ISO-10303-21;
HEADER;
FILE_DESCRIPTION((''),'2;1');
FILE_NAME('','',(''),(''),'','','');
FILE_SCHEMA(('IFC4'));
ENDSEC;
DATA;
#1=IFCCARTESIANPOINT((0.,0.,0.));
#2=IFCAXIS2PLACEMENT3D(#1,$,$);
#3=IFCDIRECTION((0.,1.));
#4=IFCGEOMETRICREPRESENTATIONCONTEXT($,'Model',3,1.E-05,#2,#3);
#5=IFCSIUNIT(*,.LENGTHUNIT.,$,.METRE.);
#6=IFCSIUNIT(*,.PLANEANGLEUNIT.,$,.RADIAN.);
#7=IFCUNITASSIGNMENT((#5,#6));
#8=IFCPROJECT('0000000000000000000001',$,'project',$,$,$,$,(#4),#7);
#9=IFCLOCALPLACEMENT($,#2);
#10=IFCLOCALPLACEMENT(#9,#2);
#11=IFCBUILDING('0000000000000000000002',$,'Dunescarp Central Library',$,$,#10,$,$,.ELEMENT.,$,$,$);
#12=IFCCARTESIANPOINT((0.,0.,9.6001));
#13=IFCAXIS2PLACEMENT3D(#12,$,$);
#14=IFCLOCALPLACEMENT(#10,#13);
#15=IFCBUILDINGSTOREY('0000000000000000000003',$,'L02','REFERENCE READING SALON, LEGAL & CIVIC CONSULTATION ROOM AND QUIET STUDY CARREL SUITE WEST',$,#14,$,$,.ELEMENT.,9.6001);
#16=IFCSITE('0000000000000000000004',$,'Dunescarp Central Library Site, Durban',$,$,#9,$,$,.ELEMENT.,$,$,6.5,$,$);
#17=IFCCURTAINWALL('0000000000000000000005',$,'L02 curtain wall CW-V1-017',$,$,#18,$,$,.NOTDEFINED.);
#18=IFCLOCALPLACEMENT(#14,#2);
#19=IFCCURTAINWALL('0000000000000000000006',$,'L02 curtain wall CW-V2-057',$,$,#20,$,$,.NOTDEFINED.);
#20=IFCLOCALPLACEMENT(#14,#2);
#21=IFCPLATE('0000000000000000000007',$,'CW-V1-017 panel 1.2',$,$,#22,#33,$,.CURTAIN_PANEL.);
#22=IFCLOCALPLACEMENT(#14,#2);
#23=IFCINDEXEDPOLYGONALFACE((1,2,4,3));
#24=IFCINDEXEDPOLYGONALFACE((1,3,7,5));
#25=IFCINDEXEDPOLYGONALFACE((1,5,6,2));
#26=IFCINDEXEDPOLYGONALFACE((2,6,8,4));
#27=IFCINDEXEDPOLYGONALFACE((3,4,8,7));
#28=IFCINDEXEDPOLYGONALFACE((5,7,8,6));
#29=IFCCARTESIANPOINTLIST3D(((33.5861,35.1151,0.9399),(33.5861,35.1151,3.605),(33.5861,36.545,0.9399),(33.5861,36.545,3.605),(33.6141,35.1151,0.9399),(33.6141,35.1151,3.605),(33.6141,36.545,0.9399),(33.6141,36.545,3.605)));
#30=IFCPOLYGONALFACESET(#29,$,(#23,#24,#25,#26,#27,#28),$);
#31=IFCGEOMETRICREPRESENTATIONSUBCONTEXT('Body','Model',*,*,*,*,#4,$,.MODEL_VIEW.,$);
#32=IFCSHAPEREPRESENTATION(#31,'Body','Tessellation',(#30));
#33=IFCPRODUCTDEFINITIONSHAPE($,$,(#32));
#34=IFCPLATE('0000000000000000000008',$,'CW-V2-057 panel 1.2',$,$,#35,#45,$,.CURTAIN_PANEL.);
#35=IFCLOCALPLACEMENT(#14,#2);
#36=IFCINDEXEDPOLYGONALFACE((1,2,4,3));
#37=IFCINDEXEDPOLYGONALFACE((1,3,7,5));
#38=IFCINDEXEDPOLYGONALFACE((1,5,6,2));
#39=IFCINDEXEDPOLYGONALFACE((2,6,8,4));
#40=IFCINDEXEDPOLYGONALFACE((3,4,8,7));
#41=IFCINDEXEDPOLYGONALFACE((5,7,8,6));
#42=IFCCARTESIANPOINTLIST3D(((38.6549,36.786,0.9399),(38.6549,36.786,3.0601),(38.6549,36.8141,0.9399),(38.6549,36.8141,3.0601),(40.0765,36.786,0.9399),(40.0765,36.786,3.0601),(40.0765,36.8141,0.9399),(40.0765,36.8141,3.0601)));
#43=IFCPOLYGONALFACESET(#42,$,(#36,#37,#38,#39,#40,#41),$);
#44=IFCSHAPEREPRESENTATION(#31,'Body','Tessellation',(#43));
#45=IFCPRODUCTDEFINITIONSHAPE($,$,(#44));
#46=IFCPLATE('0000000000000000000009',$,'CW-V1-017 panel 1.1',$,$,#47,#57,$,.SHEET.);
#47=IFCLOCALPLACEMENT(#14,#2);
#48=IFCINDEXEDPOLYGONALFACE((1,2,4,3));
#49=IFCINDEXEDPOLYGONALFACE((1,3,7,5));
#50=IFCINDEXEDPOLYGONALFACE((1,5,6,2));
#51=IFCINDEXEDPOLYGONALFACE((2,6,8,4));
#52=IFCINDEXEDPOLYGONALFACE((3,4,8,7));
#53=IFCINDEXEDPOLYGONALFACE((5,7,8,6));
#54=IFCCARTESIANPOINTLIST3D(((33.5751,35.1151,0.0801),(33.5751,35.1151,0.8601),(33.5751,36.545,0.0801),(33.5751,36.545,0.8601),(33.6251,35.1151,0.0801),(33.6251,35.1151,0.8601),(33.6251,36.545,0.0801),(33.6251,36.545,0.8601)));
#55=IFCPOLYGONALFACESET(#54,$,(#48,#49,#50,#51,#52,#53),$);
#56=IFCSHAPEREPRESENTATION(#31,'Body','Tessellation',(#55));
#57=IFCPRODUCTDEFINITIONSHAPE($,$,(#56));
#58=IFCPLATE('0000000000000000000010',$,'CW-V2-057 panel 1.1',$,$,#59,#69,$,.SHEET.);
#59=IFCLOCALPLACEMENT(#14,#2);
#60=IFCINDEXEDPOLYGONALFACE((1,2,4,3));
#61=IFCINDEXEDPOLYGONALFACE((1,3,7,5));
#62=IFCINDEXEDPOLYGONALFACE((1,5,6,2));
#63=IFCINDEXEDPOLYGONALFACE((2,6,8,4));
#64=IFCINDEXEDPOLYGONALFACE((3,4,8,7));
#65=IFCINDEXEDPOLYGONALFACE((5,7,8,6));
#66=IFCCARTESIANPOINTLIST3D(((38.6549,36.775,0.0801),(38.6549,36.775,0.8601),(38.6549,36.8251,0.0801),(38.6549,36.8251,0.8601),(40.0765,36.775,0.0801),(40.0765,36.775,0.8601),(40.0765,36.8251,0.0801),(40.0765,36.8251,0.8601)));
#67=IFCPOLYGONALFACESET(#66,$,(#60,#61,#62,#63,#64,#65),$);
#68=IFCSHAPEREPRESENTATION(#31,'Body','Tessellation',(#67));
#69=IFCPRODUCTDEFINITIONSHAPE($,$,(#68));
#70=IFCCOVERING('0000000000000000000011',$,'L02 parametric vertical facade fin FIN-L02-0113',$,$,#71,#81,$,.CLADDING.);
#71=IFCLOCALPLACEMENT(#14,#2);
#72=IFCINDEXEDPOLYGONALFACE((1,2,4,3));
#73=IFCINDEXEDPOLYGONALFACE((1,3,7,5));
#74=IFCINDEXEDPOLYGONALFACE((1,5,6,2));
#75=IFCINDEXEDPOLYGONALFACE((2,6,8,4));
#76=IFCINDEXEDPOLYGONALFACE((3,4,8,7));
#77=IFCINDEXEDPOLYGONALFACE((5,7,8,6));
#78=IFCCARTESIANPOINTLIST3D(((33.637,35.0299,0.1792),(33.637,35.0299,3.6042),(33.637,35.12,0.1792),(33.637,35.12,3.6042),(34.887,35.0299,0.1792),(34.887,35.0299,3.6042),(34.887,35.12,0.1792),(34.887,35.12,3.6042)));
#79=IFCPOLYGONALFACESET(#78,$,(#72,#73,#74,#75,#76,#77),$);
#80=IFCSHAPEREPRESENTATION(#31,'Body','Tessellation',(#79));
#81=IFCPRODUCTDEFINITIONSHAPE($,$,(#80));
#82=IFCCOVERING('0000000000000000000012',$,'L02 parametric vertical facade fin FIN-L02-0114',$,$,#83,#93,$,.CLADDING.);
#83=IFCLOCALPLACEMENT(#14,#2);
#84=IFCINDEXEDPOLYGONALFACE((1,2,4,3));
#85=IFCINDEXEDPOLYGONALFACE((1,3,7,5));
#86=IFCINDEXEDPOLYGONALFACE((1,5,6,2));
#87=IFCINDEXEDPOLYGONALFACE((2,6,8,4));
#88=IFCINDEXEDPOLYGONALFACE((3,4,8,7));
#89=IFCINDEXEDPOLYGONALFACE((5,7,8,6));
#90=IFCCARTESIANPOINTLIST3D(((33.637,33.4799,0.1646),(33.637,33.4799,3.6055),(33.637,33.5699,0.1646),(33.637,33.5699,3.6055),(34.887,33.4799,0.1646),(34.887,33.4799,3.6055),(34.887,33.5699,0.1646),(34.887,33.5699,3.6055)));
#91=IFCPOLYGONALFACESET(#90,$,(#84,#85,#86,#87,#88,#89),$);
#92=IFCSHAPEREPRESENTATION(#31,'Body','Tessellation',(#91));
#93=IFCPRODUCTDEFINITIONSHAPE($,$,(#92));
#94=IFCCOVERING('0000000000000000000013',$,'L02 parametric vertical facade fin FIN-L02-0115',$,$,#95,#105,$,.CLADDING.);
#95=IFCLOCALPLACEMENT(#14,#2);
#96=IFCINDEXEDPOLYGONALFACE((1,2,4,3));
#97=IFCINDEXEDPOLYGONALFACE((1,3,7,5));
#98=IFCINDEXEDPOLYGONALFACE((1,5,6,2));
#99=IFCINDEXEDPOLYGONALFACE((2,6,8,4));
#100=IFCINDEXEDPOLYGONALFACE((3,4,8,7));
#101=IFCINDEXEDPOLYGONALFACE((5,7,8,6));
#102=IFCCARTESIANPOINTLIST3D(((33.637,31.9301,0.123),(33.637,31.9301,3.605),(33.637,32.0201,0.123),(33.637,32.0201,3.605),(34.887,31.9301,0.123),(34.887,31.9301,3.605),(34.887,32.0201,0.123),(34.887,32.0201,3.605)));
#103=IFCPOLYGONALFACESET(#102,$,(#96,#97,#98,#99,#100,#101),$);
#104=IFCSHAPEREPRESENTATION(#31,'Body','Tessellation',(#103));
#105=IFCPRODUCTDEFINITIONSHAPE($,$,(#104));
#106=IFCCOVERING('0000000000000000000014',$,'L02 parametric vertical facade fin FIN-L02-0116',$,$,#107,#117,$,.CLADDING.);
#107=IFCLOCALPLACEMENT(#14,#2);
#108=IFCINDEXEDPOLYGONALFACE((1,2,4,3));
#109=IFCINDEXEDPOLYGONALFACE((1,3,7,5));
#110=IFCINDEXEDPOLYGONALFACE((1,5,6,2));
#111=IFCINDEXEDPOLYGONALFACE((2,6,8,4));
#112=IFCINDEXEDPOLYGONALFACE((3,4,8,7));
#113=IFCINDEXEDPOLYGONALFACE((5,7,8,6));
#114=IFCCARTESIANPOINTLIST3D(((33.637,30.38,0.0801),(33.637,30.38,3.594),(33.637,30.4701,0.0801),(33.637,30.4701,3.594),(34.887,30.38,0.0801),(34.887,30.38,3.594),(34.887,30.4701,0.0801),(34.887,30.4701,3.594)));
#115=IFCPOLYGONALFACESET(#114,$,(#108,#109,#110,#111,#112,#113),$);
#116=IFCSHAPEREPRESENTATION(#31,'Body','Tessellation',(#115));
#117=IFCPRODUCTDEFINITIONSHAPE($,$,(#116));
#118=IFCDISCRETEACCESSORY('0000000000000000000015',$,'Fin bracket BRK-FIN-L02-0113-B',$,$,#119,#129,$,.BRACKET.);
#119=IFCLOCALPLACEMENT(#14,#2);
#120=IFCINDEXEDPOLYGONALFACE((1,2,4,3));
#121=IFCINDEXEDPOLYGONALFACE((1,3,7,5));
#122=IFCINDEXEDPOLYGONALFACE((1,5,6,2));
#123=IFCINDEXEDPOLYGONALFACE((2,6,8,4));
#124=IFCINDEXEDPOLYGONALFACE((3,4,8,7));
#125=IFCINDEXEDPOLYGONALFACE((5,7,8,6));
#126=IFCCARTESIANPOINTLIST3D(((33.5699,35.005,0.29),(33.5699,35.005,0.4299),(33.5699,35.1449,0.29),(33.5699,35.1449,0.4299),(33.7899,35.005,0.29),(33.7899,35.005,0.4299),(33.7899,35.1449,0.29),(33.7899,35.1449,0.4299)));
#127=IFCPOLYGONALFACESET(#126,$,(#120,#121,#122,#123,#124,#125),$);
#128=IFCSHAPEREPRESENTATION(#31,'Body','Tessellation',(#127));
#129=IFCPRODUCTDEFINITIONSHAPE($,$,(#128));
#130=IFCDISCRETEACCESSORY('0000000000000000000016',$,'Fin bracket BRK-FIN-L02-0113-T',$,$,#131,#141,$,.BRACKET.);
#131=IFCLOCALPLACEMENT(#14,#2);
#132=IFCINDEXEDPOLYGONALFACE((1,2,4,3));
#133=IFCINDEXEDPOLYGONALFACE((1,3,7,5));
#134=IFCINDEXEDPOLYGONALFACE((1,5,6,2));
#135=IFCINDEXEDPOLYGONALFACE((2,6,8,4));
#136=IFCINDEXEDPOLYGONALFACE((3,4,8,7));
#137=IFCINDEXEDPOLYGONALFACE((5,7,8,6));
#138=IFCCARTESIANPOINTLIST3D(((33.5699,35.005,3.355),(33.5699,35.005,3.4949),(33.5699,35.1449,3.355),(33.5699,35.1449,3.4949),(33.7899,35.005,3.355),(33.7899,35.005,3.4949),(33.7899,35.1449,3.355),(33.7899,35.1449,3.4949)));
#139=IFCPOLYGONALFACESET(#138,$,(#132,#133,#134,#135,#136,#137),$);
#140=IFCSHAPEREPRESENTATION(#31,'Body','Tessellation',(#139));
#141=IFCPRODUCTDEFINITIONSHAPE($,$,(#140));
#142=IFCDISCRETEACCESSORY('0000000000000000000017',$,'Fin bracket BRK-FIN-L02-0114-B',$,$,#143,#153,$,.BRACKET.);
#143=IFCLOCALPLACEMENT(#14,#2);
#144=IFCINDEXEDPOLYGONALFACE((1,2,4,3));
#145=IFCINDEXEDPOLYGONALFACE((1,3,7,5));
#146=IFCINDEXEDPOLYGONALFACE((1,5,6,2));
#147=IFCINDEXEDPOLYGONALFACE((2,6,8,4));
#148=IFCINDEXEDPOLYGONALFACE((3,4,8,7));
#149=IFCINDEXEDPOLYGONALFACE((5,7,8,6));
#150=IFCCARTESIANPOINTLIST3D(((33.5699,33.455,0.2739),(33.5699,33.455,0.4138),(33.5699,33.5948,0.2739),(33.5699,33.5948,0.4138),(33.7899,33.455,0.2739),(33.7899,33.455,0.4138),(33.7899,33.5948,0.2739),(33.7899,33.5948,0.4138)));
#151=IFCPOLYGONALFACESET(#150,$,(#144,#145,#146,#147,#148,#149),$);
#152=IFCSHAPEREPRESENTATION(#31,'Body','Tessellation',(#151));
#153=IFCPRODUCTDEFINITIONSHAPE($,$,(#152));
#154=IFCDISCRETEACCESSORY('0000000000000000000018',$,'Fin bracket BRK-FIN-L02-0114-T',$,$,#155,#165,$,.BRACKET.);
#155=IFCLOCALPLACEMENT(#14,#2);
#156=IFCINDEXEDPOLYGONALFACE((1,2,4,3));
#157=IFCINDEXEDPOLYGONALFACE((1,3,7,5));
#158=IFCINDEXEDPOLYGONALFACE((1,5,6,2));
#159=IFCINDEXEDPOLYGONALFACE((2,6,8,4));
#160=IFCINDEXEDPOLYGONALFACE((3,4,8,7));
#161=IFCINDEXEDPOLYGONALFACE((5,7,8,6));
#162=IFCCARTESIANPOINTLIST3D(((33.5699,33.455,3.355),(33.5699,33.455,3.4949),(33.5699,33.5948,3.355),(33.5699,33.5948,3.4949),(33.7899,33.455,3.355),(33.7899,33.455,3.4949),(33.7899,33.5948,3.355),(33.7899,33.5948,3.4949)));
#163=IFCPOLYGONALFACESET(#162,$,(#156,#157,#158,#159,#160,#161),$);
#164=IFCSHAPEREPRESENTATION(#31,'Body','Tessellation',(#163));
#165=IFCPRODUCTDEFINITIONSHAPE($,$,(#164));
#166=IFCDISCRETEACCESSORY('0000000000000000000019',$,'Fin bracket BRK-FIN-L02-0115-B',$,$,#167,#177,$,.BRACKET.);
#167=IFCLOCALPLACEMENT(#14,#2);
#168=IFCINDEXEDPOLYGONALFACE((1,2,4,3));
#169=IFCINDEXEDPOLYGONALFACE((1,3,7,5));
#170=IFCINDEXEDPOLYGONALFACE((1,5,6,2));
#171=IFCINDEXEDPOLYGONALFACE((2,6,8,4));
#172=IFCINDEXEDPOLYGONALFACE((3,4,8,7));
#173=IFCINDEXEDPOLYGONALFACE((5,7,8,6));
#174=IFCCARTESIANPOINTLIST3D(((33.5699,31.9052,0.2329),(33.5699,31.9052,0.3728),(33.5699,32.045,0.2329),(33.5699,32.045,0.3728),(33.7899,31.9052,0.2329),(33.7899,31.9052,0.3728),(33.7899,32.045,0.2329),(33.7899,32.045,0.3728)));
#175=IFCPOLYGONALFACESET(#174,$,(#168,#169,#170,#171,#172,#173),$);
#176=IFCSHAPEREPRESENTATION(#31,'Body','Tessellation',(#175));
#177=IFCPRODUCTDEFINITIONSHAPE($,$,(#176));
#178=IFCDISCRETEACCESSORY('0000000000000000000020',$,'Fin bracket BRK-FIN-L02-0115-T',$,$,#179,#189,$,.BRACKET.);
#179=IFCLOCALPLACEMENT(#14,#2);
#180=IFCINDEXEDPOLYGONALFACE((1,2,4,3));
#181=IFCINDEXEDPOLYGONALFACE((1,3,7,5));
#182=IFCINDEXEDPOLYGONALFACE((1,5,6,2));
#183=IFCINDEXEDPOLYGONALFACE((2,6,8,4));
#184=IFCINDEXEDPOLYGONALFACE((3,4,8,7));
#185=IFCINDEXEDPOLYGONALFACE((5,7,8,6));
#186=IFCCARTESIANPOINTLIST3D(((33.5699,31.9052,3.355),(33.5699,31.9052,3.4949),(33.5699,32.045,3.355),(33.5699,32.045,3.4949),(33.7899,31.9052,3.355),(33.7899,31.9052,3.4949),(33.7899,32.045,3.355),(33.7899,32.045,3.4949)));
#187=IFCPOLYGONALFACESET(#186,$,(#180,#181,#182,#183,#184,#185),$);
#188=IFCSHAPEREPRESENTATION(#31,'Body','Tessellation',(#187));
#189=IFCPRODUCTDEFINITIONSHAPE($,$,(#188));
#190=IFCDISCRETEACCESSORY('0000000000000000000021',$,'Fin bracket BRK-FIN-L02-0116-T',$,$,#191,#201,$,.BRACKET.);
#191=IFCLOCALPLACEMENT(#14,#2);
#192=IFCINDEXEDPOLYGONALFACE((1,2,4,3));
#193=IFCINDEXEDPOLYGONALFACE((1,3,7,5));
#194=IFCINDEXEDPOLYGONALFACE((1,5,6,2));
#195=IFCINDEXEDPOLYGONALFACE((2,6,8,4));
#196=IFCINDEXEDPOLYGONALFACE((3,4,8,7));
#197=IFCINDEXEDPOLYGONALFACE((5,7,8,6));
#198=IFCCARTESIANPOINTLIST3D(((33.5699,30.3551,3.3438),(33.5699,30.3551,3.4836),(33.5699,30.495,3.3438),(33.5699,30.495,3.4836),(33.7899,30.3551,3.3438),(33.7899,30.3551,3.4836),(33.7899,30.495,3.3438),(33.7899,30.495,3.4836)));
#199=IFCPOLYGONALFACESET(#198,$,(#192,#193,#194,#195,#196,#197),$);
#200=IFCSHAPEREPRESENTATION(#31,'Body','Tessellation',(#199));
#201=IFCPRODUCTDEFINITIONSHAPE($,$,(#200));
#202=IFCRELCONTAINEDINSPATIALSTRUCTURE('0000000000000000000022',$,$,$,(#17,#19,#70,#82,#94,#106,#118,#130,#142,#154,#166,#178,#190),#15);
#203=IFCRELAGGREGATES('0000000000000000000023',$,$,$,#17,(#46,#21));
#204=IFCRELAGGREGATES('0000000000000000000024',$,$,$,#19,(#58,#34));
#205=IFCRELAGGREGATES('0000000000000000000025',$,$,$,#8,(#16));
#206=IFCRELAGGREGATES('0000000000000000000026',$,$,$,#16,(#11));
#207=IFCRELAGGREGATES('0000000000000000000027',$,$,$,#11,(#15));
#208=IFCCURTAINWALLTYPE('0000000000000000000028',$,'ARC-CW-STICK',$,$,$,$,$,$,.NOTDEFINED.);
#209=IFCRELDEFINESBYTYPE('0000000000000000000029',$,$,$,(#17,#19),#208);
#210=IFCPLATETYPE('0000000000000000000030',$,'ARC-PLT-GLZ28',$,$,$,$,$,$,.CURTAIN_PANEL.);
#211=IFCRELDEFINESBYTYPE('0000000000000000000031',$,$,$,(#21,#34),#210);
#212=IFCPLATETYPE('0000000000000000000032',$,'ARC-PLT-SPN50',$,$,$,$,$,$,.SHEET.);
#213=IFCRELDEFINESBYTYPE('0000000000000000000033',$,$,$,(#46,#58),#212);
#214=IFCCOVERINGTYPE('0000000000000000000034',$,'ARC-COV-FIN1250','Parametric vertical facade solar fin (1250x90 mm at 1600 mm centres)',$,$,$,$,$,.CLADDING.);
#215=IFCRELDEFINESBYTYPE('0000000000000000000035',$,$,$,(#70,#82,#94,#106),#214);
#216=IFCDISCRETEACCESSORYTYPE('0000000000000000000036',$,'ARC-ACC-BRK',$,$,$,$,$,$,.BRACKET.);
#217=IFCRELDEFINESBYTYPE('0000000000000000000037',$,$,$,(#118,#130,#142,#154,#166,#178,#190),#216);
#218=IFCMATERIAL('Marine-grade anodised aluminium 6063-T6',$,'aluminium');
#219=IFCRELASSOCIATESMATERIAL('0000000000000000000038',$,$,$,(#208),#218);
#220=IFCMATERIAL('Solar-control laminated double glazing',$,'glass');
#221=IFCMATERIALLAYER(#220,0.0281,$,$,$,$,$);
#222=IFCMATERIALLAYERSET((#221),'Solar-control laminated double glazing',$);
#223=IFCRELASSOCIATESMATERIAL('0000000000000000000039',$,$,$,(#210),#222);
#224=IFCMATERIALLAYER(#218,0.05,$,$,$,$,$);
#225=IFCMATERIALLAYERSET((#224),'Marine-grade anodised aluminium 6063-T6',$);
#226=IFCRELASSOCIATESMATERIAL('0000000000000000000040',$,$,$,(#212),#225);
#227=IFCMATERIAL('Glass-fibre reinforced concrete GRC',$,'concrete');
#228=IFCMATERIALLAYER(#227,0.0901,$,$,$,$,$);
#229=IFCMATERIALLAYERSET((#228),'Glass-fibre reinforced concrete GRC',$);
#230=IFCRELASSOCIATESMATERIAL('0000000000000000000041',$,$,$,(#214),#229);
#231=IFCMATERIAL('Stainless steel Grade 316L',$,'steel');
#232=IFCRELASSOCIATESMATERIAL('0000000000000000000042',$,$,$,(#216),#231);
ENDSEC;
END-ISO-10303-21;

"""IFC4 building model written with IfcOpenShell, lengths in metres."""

from ifc_helpers import new_model, si_unit, direction, frame, origin, origin_2d, place, context, subcontext, project, spatial, rectangle, extrude, material, layer, layer_set, type_object, element, aggregate, save


model = new_model("IFC4")

# Units and contexts
model_context = context("Model", 3, precision=1e-05, world=origin(), true_north=direction((0.0, 1.0)))
body_context = subcontext(model_context, "Body", "Model", "MODEL_VIEW")
ifc_project = project(units=[si_unit("LENGTHUNIT", "METRE"), si_unit("PLANEANGLEUNIT", "RADIAN")], contexts=[model_context])

# Site, building, storey
site_placement = place(None, origin())
site = spatial("IfcSite", under=ifc_project, at=site_placement, Name="Dunescarp Central Library Site, Durban", CompositionType="ELEMENT", RefElevation=6.5)
building_placement = place(site_placement, origin())
building = spatial("IfcBuilding", under=site, at=building_placement, Name="Dunescarp Central Library", CompositionType="ELEMENT")
storey_placement = place(building_placement, frame((0.0, 0.0, 9.6001)))
storey = spatial("IfcBuildingStorey", under=building, at=storey_placement, Name="L02", Description="REFERENCE READING SALON, LEGAL & CIVIC CONSULTATION ROOM AND QUIET STUDY CARREL SUITE WEST", CompositionType="ELEMENT", Elevation=9.6001)

# Curtain walls
ifc_material_1 = material(Name="Marine-grade anodised aluminium 6063-T6", Category="aluminium")
curtain_wall_type = type_object("IfcCurtainWallType", Name="ARC-CW-STICK", PredefinedType="NOTDEFINED", material=ifc_material_1)
curtain_wall_1_placement = place(storey_placement, origin())
curtain_wall_1 = element("IfcCurtainWall", 1, at=curtain_wall_1_placement, inside=storey, type_object=curtain_wall_type, Name="L02 curtain wall CW-V1-017", PredefinedType="NOTDEFINED")
curtain_wall_2_placement = place(storey_placement, origin())
curtain_wall_2 = element("IfcCurtainWall", 2, at=curtain_wall_2_placement, inside=storey, type_object=curtain_wall_type, Name="L02 curtain wall CW-V2-057", PredefinedType="NOTDEFINED")

# Plates
ifc_material_2 = material(Name="Solar-control laminated double glazing", Category="glass")
ifc_layer_1 = layer(ifc_material_2, 0.0281)
ifc_layer_set_1 = layer_set([ifc_layer_1], Name="Solar-control laminated double glazing")
plate_type_1 = type_object("IfcPlateType", Name="ARC-PLT-GLZ28", PredefinedType="CURTAIN_PANEL", material=ifc_layer_set_1)
plate_1_placement = place(storey_placement, frame((33.6001, 35.8301, 0.9399), z_axis=(0.0, 0.0, 1.0), x_axis=(0.0, -1.0, 0.0)))
plate_1 = element("IfcPlate", 3, at=plate_1_placement, type_object=plate_type_1, Name="CW-V1-017 panel 1.2", PredefinedType="CURTAIN_PANEL", context=body_context, shape_type="SweptSolid", body=[
    extrude(rectangle(XDim=1.4299, YDim=0.0281, at=origin_2d()), origin(), (0.0, 0.0, 1.0), 2.665),
])
plate_2_placement = place(storey_placement, frame((39.3657, 36.8, 0.9399), z_axis=(0.0, 0.0, 1.0), x_axis=(1.0, 0.0, 0.0)))
plate_2 = element("IfcPlate", 4, at=plate_2_placement, type_object=plate_type_1, Name="CW-V2-057 panel 1.2", PredefinedType="CURTAIN_PANEL", context=body_context, shape_type="SweptSolid", body=[
    extrude(rectangle(XDim=1.4216, YDim=0.0281, at=origin_2d()), origin(), (0.0, 0.0, 1.0), 2.1201),
])
ifc_layer_2 = layer(ifc_material_1, 0.05)
ifc_layer_set_2 = layer_set([ifc_layer_2], Name="Marine-grade anodised aluminium 6063-T6")
plate_type_2 = type_object("IfcPlateType", Name="ARC-PLT-SPN50", PredefinedType="SHEET", material=ifc_layer_set_2)
plate_3_placement = place(storey_placement, frame((33.6001, 35.8301, 0.0801), z_axis=(0.0, 0.0, 1.0), x_axis=(0.0, -1.0, 0.0)))
plate_3 = element("IfcPlate", 5, at=plate_3_placement, type_object=plate_type_2, Name="CW-V1-017 panel 1.1", PredefinedType="SHEET", context=body_context, shape_type="SweptSolid", body=[
    extrude(rectangle(XDim=1.4299, YDim=0.05, at=origin_2d()), origin(), (0.0, 0.0, 1.0), 0.78),
])
aggregate(curtain_wall_1, [plate_3, plate_1])
plate_4_placement = place(storey_placement, frame((39.3657, 36.8, 0.0801), z_axis=(0.0, 0.0, 1.0), x_axis=(1.0, 0.0, 0.0)))
plate_4 = element("IfcPlate", 6, at=plate_4_placement, type_object=plate_type_2, Name="CW-V2-057 panel 1.1", PredefinedType="SHEET", context=body_context, shape_type="SweptSolid", body=[
    extrude(rectangle(XDim=1.4216, YDim=0.05, at=origin_2d()), origin(), (0.0, 0.0, 1.0), 0.78),
])
aggregate(curtain_wall_2, [plate_4, plate_2])

# Coverings
ifc_material_3 = material(Name="Glass-fibre reinforced concrete GRC", Category="concrete")
ifc_layer_3 = layer(ifc_material_3, 0.0901)
ifc_layer_set_3 = layer_set([ifc_layer_3], Name="Glass-fibre reinforced concrete GRC")
covering_type = type_object("IfcCoveringType", Name="ARC-COV-FIN1250", Description="Parametric vertical facade solar fin (1250x90 mm at 1600 mm centres)", PredefinedType="CLADDING", material=ifc_layer_set_3)
covering_1_placement = place(storey_placement, frame((34.262, 35.075, 0.1792), z_axis=(0.0, 0.0, 1.0), x_axis=(1.0, 0.0, 0.0)))
element("IfcCovering", 7, at=covering_1_placement, inside=storey, type_object=covering_type, Name="L02 parametric vertical facade fin FIN-L02-0113", PredefinedType="CLADDING", context=body_context, shape_type="SweptSolid", body=[
    extrude(rectangle(XDim=1.25, YDim=0.0901, at=origin_2d()), origin(), (0.0, 0.0, 1.0), 3.425),
])
covering_2_placement = place(storey_placement, frame((34.262, 33.5249, 0.1646), z_axis=(0.0, 0.0, 1.0), x_axis=(1.0, 0.0, 0.0)))
element("IfcCovering", 8, at=covering_2_placement, inside=storey, type_object=covering_type, Name="L02 parametric vertical facade fin FIN-L02-0114", PredefinedType="CLADDING", context=body_context, shape_type="SweptSolid", body=[
    extrude(rectangle(XDim=1.25, YDim=0.0901, at=origin_2d()), origin(), (0.0, 0.0, 1.0), 3.4409),
])
covering_3_placement = place(storey_placement, frame((34.262, 31.9751, 0.123), z_axis=(0.0, 0.0, 1.0), x_axis=(1.0, 0.0, 0.0)))
element("IfcCovering", 9, at=covering_3_placement, inside=storey, type_object=covering_type, Name="L02 parametric vertical facade fin FIN-L02-0115", PredefinedType="CLADDING", context=body_context, shape_type="SweptSolid", body=[
    extrude(rectangle(XDim=1.25, YDim=0.0901, at=origin_2d()), origin(), (0.0, 0.0, 1.0), 3.4819),
])
covering_4_placement = place(storey_placement, frame((34.262, 30.425, 0.0801), z_axis=(0.0, 0.0, 1.0), x_axis=(1.0, 0.0, 0.0)))
element("IfcCovering", 10, at=covering_4_placement, inside=storey, type_object=covering_type, Name="L02 parametric vertical facade fin FIN-L02-0116", PredefinedType="CLADDING", context=body_context, shape_type="SweptSolid", body=[
    extrude(rectangle(XDim=1.25, YDim=0.0901, at=origin_2d()), origin(), (0.0, 0.0, 1.0), 3.5139),
])

# Discrete accessories
ifc_material_4 = material(Name="Stainless steel Grade 316L", Category="steel")
discrete_accessory_type = type_object("IfcDiscreteAccessoryType", Name="ARC-ACC-BRK", PredefinedType="BRACKET", material=ifc_material_4)
for number, where, z_axis, x_axis, name in (
    (11, (33.6799, 35.075, 0.29), (0.0, 0.0, 1.0), (1.0, 0.0, 0.0), "Fin bracket BRK-FIN-L02-0113-B"),
    (12, (33.6799, 35.075, 3.355), (0.0, 0.0, 1.0), (1.0, 0.0, 0.0), "Fin bracket BRK-FIN-L02-0113-T"),
    (13, (33.6799, 33.5249, 0.2739), (0.0, 0.0, 1.0), (1.0, 0.0, 0.0), "Fin bracket BRK-FIN-L02-0114-B"),
    (14, (33.6799, 33.5249, 3.355), (0.0, 0.0, 1.0), (1.0, 0.0, 0.0), "Fin bracket BRK-FIN-L02-0114-T"),
    (15, (33.6799, 31.9751, 0.2329), (0.0, 0.0, 1.0), (1.0, 0.0, 0.0), "Fin bracket BRK-FIN-L02-0115-B"),
    (16, (33.6799, 31.9751, 3.355), (0.0, 0.0, 1.0), (1.0, 0.0, 0.0), "Fin bracket BRK-FIN-L02-0115-T"),
    (17, (33.6799, 30.425, 3.3438), (0.0, 0.0, 1.0), (1.0, 0.0, 0.0), "Fin bracket BRK-FIN-L02-0116-T"),
):
    element("IfcDiscreteAccessory", number, at=place(storey_placement, frame(where, z_axis=z_axis, x_axis=x_axis)), inside=storey, type_object=discrete_accessory_type, Name=name, PredefinedType="BRACKET", context=body_context, shape_type="SweptSolid", body=[
        extrude(rectangle(XDim=0.22, YDim=0.1399, at=origin_2d()), origin(), (0.0, 0.0, 1.0), 0.1399),
    ])

save(model, "model.ifc")
